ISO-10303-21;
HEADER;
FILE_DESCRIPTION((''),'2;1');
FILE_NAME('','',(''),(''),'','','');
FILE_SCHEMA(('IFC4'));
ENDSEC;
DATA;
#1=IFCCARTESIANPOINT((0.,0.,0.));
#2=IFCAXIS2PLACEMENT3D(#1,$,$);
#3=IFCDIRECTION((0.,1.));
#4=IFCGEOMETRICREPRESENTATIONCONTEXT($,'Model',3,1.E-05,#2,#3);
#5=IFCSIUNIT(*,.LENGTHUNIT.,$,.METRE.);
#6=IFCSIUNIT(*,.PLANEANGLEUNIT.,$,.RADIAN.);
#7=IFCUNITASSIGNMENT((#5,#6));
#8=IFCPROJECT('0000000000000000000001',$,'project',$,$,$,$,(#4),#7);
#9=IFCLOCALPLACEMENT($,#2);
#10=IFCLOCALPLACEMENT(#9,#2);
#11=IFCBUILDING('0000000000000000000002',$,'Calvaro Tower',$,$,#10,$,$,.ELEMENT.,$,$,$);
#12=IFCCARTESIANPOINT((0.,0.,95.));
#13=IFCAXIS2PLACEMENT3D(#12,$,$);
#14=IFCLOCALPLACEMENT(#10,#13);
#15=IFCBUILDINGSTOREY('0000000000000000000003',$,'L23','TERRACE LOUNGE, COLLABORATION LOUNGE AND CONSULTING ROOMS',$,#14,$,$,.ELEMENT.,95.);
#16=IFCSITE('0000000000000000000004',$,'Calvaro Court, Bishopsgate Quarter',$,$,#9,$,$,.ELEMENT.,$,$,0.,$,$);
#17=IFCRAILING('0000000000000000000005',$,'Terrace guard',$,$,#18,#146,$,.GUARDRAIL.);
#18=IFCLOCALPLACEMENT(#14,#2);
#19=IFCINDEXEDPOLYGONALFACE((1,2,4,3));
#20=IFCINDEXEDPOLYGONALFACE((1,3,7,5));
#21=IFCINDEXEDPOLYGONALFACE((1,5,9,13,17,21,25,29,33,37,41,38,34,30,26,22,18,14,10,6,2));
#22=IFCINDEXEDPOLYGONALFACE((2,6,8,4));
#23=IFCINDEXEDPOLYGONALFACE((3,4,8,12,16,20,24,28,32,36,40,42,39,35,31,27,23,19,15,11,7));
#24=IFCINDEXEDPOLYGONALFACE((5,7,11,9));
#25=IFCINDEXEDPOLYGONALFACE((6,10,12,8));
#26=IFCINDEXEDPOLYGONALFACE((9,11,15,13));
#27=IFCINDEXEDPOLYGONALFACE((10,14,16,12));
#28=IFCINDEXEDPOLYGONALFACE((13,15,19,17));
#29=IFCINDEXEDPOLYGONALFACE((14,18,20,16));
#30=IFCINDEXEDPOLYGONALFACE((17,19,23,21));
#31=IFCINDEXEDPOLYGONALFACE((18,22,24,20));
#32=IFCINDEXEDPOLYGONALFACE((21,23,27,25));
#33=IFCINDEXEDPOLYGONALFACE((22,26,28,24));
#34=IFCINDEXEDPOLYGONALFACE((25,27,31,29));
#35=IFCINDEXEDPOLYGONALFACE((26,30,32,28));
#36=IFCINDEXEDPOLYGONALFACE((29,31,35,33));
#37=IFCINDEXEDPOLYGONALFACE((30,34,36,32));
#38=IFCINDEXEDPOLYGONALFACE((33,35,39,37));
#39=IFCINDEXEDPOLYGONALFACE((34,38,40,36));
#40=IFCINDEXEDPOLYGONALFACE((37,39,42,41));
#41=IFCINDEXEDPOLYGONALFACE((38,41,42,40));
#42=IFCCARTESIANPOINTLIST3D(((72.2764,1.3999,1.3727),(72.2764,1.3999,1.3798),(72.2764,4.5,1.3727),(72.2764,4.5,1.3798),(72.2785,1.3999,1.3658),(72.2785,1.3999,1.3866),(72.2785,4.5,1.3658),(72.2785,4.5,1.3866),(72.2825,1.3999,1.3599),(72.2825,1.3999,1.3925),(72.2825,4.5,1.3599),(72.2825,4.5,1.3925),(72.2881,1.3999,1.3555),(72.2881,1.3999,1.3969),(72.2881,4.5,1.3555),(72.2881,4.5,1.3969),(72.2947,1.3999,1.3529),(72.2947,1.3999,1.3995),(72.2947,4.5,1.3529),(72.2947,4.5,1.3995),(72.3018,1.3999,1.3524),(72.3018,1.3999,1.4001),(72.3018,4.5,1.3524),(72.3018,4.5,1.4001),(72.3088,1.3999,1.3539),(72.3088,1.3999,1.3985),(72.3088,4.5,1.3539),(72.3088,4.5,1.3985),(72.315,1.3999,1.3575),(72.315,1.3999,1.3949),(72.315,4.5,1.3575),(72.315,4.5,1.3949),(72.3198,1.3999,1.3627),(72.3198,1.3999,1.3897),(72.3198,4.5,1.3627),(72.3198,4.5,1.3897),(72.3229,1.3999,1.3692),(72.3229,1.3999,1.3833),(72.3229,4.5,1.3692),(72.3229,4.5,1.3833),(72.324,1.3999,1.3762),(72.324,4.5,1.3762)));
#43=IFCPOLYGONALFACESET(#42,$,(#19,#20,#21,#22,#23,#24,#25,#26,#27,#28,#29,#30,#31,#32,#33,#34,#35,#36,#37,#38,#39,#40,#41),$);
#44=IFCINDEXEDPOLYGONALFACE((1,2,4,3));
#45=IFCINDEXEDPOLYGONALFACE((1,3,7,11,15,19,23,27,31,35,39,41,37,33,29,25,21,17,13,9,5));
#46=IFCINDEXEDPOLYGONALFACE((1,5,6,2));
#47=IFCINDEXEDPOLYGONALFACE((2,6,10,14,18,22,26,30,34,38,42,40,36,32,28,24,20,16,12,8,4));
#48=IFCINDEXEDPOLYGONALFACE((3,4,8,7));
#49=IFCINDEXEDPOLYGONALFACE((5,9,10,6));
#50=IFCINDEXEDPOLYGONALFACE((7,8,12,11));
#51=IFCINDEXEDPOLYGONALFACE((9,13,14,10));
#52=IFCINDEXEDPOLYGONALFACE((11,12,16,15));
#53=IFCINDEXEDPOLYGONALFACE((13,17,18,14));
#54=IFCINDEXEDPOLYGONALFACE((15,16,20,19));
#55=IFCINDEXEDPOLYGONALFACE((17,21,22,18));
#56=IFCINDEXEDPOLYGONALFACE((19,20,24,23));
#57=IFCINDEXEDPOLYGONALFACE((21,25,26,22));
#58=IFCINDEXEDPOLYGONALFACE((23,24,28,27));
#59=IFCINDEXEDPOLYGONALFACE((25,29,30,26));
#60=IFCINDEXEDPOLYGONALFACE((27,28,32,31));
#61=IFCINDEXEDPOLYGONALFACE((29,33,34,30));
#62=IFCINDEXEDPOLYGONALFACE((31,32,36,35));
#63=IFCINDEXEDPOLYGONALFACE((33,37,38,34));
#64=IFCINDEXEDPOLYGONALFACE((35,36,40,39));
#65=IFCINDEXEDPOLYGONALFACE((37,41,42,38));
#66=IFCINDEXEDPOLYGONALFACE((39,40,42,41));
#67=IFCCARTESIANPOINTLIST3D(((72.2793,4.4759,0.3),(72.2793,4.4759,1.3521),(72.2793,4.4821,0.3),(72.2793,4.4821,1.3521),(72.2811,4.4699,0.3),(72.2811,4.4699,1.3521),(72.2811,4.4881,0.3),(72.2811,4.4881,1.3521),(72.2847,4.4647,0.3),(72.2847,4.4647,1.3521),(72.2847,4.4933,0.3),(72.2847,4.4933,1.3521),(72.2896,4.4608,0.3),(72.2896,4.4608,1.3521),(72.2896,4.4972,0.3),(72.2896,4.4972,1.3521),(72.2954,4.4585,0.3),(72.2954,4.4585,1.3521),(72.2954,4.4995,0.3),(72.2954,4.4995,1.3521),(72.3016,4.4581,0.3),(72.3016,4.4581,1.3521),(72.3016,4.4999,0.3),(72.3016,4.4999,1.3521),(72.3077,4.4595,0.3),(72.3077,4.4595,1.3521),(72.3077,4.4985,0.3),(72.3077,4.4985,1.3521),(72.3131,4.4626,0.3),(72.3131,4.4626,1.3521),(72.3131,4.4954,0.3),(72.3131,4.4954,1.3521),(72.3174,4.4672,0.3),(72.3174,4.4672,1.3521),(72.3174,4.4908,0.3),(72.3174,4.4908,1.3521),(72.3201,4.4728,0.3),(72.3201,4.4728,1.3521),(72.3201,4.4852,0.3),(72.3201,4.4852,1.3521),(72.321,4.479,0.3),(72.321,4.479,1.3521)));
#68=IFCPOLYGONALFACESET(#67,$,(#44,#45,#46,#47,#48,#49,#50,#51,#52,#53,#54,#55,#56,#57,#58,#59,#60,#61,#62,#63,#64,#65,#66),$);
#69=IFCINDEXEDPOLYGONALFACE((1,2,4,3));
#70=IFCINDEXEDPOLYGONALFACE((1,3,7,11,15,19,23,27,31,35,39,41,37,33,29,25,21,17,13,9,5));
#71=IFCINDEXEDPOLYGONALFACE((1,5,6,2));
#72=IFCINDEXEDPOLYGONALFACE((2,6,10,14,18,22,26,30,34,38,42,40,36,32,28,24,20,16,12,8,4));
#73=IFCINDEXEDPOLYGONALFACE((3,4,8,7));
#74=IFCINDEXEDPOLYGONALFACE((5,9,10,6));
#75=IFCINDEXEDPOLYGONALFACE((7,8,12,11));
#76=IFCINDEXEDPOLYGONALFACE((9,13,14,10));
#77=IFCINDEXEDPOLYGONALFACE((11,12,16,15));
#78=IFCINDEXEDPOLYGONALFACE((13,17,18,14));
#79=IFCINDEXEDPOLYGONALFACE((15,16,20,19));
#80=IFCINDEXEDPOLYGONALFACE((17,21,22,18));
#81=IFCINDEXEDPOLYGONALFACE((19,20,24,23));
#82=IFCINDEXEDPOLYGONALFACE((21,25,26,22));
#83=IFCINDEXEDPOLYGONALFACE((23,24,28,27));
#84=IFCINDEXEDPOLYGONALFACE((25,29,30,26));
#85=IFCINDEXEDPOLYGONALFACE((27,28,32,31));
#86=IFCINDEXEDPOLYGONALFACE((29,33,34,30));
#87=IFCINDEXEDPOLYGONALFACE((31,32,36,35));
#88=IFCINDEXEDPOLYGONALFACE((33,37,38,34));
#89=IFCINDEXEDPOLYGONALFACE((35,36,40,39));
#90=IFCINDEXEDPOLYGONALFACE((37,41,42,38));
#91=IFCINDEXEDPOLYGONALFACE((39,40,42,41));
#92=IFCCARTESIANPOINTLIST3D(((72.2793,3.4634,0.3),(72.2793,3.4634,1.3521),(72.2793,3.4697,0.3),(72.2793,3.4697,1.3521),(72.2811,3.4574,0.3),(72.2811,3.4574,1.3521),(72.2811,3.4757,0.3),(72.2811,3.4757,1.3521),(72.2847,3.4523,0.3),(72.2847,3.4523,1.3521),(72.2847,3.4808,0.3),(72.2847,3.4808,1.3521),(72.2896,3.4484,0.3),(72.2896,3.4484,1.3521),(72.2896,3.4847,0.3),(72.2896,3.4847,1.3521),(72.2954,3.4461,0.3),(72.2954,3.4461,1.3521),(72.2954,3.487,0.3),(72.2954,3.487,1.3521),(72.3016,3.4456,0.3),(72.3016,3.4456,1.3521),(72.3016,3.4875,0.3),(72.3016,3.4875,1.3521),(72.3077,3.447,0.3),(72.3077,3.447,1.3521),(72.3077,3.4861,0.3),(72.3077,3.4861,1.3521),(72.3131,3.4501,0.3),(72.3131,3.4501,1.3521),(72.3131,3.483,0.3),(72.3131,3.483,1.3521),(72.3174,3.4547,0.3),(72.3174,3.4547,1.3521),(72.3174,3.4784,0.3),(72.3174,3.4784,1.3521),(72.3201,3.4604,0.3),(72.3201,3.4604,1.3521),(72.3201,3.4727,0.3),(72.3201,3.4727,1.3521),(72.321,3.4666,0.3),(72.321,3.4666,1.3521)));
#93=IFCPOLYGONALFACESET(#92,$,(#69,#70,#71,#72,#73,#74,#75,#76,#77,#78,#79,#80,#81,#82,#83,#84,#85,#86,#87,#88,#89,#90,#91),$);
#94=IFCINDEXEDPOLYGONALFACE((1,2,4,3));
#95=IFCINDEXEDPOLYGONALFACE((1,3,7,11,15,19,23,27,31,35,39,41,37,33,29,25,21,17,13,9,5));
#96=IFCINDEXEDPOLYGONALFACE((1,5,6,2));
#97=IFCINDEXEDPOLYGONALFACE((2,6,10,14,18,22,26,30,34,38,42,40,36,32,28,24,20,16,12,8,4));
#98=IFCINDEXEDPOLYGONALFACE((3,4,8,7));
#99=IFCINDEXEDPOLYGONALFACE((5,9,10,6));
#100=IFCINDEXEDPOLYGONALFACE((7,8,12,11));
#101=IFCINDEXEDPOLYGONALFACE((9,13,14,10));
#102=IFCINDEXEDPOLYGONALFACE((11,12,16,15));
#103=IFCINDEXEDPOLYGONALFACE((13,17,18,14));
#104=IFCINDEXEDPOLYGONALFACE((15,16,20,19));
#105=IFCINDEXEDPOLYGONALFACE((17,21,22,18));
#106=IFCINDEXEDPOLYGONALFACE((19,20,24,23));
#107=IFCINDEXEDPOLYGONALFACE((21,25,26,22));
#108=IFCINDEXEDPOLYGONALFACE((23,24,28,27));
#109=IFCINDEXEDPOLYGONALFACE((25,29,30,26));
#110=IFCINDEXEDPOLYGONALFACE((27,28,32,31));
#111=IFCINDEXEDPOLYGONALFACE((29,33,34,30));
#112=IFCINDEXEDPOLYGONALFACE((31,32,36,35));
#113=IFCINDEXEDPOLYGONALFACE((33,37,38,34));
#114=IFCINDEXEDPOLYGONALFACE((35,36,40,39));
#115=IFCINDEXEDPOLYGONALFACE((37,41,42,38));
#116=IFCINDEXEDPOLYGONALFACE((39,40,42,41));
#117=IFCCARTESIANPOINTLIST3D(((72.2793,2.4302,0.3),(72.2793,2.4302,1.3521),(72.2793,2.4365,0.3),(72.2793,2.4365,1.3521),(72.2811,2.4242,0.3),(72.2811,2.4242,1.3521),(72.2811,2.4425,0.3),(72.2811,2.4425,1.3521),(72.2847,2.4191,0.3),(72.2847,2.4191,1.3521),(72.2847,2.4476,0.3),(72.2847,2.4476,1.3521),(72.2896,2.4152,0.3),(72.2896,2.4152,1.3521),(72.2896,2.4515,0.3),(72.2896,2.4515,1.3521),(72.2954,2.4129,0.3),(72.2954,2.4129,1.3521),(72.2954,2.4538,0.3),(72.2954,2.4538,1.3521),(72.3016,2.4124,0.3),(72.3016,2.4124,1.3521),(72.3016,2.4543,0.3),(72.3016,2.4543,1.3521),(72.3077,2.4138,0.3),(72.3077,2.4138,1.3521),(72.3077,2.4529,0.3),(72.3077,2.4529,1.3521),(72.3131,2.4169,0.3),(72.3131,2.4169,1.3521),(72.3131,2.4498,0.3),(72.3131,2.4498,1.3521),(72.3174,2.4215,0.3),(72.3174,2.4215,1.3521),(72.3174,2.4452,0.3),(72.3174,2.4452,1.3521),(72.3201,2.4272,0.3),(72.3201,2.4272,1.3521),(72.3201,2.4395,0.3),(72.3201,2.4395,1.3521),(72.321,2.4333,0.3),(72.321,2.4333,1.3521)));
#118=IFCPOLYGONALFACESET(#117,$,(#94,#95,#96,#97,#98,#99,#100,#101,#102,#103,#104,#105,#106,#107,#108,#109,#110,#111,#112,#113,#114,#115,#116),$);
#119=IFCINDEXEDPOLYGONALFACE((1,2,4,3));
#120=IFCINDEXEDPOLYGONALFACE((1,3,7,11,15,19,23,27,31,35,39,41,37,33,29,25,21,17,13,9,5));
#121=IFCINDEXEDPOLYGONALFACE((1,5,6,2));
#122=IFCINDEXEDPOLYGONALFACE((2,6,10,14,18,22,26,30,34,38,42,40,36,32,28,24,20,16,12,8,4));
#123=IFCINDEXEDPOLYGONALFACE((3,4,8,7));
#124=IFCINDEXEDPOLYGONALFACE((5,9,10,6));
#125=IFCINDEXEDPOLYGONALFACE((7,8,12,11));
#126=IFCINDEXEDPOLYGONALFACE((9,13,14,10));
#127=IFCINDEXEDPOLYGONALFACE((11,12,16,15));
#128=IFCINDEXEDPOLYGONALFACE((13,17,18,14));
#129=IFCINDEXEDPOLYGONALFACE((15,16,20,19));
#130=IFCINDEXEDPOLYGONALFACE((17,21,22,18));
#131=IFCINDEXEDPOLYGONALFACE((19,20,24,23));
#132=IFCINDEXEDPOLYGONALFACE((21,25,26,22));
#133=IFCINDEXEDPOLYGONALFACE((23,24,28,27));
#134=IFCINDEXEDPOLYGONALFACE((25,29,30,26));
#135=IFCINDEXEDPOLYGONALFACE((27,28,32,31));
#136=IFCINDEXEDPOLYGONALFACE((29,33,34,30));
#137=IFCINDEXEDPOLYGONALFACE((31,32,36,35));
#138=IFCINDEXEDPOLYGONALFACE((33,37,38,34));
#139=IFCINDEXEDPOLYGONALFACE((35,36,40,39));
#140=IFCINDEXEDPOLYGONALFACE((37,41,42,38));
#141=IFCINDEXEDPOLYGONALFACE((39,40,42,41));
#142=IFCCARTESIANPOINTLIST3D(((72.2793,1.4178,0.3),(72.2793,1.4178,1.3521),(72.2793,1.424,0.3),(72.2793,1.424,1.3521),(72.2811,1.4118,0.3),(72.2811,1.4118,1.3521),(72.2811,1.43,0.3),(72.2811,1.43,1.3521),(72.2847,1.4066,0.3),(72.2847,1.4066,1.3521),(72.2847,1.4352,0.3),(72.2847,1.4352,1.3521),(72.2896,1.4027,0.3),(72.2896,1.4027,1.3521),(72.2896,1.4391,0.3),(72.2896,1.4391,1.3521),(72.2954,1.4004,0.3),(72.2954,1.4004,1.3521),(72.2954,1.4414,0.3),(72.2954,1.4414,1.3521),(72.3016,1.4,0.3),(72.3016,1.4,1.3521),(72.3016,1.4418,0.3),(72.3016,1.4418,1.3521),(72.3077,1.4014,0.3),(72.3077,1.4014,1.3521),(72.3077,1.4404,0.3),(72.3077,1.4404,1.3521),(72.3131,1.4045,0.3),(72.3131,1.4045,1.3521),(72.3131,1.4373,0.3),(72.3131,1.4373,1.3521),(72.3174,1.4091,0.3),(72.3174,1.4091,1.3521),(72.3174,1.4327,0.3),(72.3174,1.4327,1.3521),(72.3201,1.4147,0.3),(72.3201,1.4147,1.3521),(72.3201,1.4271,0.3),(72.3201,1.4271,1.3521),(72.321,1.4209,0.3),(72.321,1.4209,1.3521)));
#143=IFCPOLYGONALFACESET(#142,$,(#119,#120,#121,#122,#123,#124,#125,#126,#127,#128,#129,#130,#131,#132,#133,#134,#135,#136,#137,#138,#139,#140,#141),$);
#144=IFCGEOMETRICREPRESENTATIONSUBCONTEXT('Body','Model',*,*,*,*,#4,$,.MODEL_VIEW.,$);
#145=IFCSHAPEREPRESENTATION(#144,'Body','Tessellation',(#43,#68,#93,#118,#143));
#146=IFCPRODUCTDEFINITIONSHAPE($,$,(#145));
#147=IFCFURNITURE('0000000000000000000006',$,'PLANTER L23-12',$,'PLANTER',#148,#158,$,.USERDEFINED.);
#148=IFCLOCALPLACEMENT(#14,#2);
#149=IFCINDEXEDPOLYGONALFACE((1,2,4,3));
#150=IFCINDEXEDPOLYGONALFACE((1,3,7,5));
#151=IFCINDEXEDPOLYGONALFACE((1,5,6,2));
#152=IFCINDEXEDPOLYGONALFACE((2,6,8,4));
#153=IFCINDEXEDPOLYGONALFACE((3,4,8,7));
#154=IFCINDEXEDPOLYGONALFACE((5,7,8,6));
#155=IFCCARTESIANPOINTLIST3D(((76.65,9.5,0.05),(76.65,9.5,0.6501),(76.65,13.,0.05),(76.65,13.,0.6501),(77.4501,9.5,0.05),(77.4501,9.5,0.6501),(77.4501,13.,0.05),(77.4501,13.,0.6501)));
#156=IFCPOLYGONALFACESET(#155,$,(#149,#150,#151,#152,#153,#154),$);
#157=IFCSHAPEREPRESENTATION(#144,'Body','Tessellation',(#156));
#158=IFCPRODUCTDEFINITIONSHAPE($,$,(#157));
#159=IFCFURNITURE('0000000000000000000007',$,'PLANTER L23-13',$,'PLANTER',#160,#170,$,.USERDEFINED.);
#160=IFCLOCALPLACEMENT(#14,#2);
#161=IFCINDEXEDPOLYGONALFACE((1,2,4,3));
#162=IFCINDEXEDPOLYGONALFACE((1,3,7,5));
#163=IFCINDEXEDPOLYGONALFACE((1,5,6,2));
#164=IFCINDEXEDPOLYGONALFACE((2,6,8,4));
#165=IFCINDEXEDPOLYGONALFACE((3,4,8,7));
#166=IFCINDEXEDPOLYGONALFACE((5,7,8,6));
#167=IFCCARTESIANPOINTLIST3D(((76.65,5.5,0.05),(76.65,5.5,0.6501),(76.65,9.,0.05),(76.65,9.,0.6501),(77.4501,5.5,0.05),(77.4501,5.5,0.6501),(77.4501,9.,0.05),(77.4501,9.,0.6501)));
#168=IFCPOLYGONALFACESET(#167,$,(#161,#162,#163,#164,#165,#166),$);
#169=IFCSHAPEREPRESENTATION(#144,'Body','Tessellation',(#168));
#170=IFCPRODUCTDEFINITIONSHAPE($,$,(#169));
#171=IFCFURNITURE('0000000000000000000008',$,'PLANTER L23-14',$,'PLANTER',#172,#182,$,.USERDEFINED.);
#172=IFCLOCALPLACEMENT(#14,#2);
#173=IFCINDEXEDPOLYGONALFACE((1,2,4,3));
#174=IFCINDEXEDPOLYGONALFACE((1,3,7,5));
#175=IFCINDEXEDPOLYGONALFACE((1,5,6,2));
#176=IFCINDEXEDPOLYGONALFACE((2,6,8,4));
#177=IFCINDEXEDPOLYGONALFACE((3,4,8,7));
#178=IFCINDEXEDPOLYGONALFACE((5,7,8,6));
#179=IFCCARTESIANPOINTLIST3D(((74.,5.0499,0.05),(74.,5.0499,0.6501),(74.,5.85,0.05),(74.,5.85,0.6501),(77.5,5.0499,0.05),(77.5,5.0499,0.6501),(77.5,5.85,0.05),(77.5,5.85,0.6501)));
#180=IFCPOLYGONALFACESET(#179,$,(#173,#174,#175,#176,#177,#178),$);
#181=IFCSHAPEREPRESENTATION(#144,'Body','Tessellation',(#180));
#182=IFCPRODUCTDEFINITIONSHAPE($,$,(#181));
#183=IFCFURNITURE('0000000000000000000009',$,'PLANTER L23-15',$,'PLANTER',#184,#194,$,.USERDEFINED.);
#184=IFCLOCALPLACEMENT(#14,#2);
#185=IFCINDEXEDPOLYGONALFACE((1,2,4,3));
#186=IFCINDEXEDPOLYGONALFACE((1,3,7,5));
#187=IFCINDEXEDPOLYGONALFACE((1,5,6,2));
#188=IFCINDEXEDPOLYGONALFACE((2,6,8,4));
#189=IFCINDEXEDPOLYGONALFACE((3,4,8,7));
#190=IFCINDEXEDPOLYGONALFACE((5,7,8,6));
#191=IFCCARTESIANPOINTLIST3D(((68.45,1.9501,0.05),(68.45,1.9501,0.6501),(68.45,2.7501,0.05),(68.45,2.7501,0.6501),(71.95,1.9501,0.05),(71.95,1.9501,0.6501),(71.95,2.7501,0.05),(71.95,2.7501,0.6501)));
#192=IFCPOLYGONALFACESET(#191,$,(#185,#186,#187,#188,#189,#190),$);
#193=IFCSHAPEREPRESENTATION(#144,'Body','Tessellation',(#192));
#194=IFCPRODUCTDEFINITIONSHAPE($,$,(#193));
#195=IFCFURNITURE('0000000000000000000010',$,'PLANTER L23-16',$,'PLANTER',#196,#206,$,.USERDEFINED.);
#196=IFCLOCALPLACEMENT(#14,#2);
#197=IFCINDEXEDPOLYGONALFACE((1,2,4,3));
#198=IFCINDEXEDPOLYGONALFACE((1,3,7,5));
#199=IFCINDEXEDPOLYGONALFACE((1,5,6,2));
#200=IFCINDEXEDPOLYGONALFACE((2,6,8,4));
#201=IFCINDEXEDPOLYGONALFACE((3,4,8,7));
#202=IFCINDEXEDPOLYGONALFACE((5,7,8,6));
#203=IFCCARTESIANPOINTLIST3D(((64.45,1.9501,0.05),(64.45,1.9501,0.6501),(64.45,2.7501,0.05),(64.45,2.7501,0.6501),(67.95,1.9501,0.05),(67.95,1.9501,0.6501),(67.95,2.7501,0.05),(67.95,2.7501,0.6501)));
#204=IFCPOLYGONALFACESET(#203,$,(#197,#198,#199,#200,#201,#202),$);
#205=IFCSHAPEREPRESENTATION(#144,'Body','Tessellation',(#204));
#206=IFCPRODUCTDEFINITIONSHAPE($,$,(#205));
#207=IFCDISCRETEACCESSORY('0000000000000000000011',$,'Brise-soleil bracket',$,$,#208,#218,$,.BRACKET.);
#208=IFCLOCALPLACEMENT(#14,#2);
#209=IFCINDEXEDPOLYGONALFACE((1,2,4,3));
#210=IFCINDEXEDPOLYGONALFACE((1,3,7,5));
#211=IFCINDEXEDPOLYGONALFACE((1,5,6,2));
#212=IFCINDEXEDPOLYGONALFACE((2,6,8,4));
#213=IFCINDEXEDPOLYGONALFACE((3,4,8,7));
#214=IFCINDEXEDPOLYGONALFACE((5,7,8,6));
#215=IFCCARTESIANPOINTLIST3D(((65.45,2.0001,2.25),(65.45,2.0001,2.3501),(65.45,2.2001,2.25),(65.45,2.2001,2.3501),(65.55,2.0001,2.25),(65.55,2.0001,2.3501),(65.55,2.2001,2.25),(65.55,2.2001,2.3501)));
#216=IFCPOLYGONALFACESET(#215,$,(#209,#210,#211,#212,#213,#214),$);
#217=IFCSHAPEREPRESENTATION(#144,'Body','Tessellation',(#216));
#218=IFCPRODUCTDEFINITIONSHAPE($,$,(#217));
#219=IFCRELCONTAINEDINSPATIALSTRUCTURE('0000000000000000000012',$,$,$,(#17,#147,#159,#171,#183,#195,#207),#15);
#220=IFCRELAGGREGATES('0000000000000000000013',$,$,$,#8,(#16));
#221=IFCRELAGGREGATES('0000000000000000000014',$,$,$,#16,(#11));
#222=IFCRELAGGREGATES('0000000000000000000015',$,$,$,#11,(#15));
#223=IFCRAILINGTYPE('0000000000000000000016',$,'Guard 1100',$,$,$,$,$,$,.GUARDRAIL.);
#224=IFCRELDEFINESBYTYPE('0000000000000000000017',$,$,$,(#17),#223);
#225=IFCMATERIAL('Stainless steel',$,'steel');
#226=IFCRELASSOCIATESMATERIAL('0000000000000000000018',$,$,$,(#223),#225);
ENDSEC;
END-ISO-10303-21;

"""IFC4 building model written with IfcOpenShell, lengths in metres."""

from ifc_helpers import new_model, si_unit, direction, frame, origin, origin_2d, place, context, subcontext, project, spatial, rectangle, circle, extrude, material, type_object, element, save


model = new_model("IFC4")

# Units and contexts
model_context = context("Model", 3, precision=1e-05, world=origin(), true_north=direction((0.0, 1.0)))
body_context = subcontext(model_context, "Body", "Model", "MODEL_VIEW")
ifc_project = project(units=[si_unit("LENGTHUNIT", "METRE"), si_unit("PLANEANGLEUNIT", "RADIAN")], contexts=[model_context])

# Site, building, storey
site_placement = place(None, origin())
site = spatial("IfcSite", under=ifc_project, at=site_placement, Name="Calvaro Court, Bishopsgate Quarter", CompositionType="ELEMENT", RefElevation=0.0)
building_placement = place(site_placement, origin())
building = spatial("IfcBuilding", under=site, at=building_placement, Name="Calvaro Tower", CompositionType="ELEMENT")
storey_placement = place(building_placement, frame((0.0, 0.0, 95.0)))
storey = spatial("IfcBuildingStorey", under=building, at=storey_placement, Name="L23", Description="TERRACE LOUNGE, COLLABORATION LOUNGE AND CONSULTING ROOMS", CompositionType="ELEMENT", Elevation=95.0)

# Railing
ifc_material_1 = material(Name="Stainless steel", Category="steel")
railing_type = type_object("IfcRailingType", Name="Guard 1100", PredefinedType="GUARDRAIL", material=ifc_material_1)
railing_1_placement = place(storey_placement, frame((72.3, 4.5, 0.3)))
element("IfcRailing", 1, at=railing_1_placement, inside=storey, type_object=railing_type, Name="Terrace guard", PredefinedType="GUARDRAIL", context=body_context, shape_type="SweptSolid", body=[
    extrude(circle(Radius=0.0239, at=origin_2d()), frame((0.0, 0.0, 1.0762), z_axis=(0.0, -1.0, 0.0), x_axis=(1.0, 0.0, 0.0)), (0.0, 0.0, 1.0), 3.1001),
    extrude(circle(Radius=0.021, at=origin_2d()), frame((0.0, -0.021, 0.0)), (0.0, 0.0, 1.0), 1.052),
    extrude(circle(Radius=0.021, at=origin_2d()), frame((0.0, -1.0334, 0.0)), (0.0, 0.0, 1.0), 1.052),
    extrude(circle(Radius=0.021, at=origin_2d()), frame((0.0, -2.0667, 0.0)), (0.0, 0.0, 1.0), 1.052),
    extrude(circle(Radius=0.021, at=origin_2d()), frame((0.0, -3.0791, 0.0)), (0.0, 0.0, 1.0), 1.052),
])

# Furniture
for number, where, z_axis, x_axis, name in (
    (2, (77.05, 11.25, 0.05), (0.0, 0.0, 1.0), (1.0, 0.0, 0.0), "PLANTER L23-12"),
    (3, (77.05, 7.25, 0.05), (0.0, 0.0, 1.0), (1.0, 0.0, 0.0), "PLANTER L23-13"),
):
    element("IfcFurniture", number, at=place(storey_placement, frame(where, z_axis=z_axis, x_axis=x_axis)), inside=storey, Name=name, ObjectType="PLANTER", PredefinedType="USERDEFINED", context=body_context, shape_type="SweptSolid", body=[
        extrude(rectangle(XDim=0.8, YDim=3.5, at=origin_2d()), origin(), (0.0, 0.0, 1.0), 0.6001),
    ])
for number, where, z_axis, x_axis, name in (
    (4, (75.75, 5.45, 0.05), (0.0, 0.0, 1.0), (1.0, 0.0, 0.0), "PLANTER L23-14"),
    (5, (70.2, 2.3501, 0.05), (0.0, 0.0, 1.0), (1.0, 0.0, 0.0), "PLANTER L23-15"),
    (6, (66.2, 2.3501, 0.05), (0.0, 0.0, 1.0), (1.0, 0.0, 0.0), "PLANTER L23-16"),
):
    element("IfcFurniture", number, at=place(storey_placement, frame(where, z_axis=z_axis, x_axis=x_axis)), inside=storey, Name=name, ObjectType="PLANTER", PredefinedType="USERDEFINED", context=body_context, shape_type="SweptSolid", body=[
        extrude(rectangle(XDim=3.5, YDim=0.8, at=origin_2d()), origin(), (0.0, 0.0, 1.0), 0.6001),
    ])

# Discrete accessory
discrete_accessory_placement = place(storey_placement, frame((65.5, 2.1001, 2.25), z_axis=(0.0, 0.0, 1.0), x_axis=(1.0, 0.0, 0.0)))
element("IfcDiscreteAccessory", 7, at=discrete_accessory_placement, inside=storey, Name="Brise-soleil bracket", PredefinedType="BRACKET", context=body_context, shape_type="SweptSolid", body=[
    extrude(rectangle(XDim=0.1001, YDim=0.2, at=origin_2d()), origin(), (0.0, 0.0, 1.0), 0.1001),
])

save(model, "model.ifc")
